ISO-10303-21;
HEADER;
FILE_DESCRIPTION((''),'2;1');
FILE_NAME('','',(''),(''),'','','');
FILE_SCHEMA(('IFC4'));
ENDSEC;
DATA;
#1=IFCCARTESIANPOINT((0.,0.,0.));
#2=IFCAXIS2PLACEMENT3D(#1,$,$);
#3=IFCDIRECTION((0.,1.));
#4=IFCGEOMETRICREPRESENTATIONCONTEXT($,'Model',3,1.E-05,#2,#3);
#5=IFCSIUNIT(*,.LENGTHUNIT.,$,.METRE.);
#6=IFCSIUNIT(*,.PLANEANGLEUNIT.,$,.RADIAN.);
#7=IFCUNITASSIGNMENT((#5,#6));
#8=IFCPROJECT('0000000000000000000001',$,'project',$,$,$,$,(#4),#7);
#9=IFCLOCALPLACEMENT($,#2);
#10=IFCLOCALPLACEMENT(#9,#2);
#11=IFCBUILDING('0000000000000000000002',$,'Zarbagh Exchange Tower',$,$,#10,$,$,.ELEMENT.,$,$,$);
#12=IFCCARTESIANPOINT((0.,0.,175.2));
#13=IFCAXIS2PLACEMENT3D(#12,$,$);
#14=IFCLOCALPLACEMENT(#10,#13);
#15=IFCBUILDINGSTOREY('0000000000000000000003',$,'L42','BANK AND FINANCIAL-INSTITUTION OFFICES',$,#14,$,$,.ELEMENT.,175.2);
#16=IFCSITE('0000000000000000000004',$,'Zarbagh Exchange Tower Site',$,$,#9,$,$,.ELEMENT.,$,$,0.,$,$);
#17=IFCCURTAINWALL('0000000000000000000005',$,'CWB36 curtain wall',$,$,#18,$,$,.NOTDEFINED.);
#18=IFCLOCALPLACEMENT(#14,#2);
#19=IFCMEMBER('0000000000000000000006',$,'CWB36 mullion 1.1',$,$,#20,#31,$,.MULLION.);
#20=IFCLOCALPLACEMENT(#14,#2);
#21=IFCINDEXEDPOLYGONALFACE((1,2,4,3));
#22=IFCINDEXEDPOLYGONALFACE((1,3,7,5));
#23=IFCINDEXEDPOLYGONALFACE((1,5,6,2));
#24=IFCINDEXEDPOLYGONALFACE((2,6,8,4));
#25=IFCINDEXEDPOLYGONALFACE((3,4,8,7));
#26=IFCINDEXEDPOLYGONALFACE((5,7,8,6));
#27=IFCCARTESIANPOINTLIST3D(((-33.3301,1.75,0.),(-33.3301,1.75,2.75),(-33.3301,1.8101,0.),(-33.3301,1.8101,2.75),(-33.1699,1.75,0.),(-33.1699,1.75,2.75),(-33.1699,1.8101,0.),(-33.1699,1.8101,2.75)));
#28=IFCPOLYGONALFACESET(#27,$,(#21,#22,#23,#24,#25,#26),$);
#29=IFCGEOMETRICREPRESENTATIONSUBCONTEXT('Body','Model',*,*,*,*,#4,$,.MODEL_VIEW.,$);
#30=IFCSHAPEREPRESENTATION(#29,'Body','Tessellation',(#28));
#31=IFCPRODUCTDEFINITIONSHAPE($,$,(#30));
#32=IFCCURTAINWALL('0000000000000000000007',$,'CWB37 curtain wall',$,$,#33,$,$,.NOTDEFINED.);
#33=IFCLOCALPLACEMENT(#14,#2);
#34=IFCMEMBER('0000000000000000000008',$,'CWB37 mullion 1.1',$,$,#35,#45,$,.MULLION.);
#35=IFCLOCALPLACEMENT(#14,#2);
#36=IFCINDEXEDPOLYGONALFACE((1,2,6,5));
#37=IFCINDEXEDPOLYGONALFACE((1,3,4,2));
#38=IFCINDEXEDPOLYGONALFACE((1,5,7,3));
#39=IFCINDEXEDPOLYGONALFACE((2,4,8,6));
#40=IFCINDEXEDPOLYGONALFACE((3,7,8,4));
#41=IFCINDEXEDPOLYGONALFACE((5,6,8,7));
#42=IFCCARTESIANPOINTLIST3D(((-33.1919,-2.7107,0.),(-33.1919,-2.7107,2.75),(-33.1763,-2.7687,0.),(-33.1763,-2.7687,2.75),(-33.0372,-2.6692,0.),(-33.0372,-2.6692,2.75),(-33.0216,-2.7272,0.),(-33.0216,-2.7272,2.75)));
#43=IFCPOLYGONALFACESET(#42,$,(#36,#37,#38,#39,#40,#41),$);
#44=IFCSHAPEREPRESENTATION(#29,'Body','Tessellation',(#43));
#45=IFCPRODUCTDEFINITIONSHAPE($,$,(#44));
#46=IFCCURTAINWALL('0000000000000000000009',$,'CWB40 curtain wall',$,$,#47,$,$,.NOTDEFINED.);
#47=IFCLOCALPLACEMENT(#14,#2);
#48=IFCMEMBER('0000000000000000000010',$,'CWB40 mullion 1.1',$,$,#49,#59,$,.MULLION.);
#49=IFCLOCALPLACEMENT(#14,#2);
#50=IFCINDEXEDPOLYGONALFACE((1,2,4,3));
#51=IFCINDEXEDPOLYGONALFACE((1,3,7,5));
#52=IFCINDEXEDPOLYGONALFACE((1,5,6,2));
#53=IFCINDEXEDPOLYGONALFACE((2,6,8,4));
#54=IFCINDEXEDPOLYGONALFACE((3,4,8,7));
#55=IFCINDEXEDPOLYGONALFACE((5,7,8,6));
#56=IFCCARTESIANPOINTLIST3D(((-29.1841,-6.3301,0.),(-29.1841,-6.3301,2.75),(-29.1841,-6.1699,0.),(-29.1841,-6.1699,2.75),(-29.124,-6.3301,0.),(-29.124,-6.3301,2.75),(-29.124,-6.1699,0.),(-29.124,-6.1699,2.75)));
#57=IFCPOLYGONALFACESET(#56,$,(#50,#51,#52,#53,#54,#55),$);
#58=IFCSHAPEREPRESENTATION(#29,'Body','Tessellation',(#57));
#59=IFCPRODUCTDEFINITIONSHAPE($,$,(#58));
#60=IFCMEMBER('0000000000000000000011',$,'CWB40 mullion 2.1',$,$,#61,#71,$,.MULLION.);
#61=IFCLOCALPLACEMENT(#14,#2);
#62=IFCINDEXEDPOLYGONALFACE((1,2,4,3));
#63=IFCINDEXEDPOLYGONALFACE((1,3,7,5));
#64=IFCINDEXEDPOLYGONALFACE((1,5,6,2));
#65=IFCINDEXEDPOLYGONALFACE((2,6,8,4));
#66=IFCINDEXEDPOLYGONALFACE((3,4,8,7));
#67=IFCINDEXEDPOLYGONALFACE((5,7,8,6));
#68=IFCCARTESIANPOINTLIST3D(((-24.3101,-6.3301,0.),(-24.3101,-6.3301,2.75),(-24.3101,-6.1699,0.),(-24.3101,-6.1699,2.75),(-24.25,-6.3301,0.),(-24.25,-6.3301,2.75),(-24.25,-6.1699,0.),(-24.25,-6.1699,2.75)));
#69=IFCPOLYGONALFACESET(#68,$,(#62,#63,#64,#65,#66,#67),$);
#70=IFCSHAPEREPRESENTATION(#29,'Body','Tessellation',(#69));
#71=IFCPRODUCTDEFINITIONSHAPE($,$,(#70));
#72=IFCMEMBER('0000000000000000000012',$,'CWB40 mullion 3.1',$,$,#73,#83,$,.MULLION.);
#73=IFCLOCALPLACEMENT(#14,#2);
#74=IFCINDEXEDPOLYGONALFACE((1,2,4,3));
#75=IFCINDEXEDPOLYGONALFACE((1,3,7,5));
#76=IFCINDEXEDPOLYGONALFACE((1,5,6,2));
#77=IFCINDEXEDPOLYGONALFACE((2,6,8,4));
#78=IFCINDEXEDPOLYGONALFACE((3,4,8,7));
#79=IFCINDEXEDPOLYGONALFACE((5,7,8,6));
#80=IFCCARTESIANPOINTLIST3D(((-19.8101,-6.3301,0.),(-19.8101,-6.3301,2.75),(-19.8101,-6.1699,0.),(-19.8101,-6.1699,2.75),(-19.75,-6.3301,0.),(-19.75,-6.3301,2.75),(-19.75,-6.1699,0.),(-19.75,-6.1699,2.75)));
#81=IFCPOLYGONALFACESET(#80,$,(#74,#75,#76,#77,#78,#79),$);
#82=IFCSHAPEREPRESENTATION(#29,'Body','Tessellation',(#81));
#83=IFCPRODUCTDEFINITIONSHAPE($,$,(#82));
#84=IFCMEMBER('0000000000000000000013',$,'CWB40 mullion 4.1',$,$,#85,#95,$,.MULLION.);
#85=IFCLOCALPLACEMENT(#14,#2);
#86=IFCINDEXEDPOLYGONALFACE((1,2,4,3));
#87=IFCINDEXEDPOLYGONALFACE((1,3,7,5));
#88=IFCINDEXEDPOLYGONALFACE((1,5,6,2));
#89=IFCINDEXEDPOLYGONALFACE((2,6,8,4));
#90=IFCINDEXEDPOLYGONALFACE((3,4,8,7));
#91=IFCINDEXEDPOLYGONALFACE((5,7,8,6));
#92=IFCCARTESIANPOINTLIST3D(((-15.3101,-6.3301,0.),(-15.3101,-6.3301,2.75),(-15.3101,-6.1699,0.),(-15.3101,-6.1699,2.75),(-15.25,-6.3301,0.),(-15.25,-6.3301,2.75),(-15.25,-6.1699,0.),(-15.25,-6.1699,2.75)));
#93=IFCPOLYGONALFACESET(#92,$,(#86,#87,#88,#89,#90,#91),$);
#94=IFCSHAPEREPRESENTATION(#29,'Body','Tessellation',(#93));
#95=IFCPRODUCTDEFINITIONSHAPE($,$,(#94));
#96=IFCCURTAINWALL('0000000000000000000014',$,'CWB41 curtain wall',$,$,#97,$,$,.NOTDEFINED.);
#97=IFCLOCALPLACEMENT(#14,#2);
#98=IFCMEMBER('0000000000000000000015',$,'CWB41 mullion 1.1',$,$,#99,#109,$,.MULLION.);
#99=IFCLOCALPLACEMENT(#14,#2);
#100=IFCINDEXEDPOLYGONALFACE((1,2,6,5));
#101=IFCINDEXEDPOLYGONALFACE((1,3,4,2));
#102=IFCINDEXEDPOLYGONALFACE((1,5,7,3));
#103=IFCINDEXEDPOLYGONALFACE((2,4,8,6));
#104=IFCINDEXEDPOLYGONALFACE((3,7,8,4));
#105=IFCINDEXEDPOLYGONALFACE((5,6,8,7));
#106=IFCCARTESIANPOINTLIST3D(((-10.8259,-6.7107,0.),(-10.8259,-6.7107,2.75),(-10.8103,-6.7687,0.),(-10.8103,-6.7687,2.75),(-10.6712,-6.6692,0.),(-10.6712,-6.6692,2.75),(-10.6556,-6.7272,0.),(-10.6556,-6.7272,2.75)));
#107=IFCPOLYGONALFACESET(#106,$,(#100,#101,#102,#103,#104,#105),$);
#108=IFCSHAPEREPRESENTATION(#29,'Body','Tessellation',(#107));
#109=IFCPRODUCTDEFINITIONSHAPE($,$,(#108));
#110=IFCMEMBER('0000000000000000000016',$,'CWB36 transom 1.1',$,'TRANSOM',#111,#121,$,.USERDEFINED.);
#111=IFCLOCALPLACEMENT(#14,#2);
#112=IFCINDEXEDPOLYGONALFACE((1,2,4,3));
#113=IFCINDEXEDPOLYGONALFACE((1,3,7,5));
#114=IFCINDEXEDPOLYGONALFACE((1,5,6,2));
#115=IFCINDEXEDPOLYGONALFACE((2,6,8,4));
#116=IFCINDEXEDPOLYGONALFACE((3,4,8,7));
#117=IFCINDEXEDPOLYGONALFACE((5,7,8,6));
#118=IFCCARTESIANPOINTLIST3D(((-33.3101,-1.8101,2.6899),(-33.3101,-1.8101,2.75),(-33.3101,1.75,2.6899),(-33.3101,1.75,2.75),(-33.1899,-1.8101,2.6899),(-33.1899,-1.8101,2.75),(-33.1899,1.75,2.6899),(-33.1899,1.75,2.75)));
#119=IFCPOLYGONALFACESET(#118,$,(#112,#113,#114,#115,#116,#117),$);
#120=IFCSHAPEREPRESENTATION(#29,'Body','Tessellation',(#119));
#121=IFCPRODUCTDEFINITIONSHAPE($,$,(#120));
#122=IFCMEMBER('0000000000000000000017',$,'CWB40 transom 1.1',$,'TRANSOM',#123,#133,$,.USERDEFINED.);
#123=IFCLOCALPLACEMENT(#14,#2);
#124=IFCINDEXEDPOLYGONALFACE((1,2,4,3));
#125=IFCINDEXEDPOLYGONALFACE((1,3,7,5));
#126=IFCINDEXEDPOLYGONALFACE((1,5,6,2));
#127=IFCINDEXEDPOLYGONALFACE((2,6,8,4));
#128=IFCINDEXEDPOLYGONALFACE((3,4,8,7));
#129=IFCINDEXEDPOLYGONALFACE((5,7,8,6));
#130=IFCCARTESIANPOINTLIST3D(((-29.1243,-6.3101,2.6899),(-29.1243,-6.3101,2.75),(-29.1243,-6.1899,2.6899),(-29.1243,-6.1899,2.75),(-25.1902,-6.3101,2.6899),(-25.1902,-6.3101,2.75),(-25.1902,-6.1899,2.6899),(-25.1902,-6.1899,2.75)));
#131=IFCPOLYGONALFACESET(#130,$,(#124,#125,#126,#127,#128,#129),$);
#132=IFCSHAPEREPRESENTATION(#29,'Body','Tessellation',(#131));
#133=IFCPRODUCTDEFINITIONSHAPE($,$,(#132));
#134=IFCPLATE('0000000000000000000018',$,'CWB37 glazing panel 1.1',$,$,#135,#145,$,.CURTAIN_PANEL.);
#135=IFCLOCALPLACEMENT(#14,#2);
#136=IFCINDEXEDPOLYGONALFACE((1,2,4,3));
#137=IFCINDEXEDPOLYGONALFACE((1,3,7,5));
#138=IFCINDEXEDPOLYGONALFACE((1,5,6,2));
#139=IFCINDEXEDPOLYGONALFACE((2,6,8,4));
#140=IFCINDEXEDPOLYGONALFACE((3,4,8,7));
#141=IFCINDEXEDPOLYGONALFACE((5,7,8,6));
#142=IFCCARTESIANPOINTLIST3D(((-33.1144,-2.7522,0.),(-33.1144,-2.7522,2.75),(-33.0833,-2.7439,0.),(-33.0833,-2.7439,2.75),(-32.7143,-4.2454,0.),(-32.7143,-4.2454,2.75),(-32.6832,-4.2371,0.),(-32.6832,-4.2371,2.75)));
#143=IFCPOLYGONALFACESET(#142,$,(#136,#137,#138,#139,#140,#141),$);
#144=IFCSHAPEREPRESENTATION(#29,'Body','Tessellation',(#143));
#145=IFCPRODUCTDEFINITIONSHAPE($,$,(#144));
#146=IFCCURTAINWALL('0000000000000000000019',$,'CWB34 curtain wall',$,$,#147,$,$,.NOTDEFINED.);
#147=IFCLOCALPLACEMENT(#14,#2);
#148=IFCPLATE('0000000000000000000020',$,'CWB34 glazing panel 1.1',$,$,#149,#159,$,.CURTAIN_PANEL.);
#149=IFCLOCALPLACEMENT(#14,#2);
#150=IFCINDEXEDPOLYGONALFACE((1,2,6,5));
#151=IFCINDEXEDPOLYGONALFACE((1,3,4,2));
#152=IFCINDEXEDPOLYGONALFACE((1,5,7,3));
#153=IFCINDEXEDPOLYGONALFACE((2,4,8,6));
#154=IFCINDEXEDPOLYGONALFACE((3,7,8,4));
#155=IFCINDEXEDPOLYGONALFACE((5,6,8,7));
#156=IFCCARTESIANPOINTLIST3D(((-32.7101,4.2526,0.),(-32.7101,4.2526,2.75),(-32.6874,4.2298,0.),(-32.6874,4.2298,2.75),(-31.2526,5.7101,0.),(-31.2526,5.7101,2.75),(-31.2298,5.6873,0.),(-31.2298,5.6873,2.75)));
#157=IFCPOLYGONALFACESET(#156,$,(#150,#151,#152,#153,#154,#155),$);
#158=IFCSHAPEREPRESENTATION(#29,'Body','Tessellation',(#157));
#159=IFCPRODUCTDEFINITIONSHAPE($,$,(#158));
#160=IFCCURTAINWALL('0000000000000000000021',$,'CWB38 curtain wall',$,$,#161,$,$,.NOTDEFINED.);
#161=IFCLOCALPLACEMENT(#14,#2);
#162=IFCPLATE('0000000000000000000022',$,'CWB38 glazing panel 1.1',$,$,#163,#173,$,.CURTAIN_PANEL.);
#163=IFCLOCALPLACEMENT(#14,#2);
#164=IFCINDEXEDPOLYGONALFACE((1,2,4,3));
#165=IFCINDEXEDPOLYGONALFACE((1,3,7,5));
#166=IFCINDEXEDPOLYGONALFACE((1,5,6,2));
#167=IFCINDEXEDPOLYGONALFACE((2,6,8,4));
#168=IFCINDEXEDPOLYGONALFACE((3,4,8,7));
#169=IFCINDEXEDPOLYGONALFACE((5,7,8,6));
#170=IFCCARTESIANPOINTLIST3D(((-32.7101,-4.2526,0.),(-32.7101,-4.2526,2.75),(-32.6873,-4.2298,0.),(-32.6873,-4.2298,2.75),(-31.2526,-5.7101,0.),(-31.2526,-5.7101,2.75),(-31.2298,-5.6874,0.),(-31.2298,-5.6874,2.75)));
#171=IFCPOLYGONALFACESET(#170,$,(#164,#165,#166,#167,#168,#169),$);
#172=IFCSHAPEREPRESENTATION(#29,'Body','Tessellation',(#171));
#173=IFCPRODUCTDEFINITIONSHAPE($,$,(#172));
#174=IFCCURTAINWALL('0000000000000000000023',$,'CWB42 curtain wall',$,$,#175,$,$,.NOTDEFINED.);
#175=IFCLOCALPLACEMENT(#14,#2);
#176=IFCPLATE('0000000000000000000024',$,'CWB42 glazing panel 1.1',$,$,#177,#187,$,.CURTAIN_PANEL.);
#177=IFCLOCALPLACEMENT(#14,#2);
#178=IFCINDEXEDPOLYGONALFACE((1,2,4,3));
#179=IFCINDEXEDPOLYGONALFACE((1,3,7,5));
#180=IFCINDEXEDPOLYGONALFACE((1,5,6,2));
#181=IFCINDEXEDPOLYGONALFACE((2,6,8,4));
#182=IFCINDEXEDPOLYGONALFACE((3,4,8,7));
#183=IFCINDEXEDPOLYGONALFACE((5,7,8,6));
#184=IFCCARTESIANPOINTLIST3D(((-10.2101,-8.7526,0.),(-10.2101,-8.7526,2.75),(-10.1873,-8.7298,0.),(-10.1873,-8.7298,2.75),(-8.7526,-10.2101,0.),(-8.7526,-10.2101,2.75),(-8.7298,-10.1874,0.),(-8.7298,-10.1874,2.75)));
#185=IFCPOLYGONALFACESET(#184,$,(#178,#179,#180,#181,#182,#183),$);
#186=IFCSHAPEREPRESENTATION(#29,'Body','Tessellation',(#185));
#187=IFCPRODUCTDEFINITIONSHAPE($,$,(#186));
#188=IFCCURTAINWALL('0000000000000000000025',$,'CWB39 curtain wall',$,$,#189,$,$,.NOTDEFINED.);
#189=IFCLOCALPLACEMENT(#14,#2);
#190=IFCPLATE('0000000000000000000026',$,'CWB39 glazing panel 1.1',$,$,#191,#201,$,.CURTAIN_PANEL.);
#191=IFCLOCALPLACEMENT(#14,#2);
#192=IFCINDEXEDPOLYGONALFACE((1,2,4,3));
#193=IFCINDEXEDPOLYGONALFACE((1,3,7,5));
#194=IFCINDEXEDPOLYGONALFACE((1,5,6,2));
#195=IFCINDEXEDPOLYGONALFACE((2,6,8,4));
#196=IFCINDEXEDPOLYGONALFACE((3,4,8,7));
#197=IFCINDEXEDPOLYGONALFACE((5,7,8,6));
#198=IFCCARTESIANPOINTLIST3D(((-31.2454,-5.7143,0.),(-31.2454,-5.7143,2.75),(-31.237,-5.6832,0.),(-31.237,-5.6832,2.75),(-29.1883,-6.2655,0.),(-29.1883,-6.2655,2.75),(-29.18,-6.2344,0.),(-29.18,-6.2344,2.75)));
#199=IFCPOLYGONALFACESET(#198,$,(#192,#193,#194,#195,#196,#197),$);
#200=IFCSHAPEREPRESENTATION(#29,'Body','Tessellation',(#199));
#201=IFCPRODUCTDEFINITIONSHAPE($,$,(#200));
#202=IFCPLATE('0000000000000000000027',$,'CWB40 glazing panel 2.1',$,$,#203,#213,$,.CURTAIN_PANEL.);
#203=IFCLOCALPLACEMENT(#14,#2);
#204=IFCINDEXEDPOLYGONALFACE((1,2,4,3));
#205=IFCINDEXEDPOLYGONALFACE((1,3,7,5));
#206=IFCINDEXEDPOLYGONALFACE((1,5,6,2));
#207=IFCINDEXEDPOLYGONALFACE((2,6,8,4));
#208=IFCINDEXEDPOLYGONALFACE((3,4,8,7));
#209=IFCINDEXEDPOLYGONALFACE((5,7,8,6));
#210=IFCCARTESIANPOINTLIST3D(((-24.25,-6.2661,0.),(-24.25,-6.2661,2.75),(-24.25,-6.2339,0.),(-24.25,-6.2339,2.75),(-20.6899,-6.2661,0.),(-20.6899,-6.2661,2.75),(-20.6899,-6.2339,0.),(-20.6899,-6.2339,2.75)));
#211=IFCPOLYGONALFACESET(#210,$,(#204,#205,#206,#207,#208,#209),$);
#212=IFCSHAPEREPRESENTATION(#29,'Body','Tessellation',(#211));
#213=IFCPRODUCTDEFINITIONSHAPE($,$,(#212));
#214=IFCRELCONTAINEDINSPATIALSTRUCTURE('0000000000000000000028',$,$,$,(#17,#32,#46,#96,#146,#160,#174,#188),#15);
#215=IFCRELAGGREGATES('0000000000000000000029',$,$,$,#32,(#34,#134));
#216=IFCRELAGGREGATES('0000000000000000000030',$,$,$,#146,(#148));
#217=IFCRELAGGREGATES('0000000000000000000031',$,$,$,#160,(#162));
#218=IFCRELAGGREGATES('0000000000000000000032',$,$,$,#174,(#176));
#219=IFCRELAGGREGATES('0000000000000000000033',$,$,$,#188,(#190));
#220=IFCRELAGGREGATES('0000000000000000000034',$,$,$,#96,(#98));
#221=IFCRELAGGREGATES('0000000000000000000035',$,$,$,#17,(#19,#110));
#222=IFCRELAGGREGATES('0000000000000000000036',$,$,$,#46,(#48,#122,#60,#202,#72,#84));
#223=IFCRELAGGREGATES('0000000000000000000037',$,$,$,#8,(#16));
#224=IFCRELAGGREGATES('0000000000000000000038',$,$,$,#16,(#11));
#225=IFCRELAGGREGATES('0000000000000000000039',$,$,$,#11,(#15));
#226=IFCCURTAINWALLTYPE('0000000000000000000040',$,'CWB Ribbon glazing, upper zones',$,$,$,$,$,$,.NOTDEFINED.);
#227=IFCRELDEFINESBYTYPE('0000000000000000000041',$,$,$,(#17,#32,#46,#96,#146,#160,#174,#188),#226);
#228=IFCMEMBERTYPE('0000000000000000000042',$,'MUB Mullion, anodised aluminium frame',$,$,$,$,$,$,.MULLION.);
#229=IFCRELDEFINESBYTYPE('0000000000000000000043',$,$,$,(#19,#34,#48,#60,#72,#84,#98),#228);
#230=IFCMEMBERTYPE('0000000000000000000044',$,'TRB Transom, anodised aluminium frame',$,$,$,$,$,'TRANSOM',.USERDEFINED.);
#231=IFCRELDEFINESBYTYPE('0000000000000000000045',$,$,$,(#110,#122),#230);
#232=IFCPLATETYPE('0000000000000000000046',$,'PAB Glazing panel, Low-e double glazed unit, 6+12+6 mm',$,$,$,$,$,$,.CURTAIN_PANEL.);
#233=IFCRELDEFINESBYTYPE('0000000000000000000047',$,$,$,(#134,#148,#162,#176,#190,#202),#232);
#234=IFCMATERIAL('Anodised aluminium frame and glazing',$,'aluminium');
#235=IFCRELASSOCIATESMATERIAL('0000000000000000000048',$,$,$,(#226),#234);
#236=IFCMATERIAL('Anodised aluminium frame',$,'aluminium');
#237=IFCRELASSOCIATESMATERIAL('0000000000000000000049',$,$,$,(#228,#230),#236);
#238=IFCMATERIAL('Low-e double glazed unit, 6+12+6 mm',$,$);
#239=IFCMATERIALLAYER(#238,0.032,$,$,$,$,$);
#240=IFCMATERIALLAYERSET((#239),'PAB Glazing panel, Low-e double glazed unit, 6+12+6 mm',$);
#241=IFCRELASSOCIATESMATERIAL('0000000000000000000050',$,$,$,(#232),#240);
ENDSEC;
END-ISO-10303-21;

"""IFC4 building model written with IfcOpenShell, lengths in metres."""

from ifc_helpers import new_model, si_unit, direction, frame, origin, place, context, subcontext, project, spatial, polyline, outline, extrude, source, transform, mapped, material, layer, layer_set, type_object, element, aggregate, save


model = new_model("IFC4")

# Units and contexts
model_context = context("Model", 3, precision=1e-05, world=origin(), true_north=direction((0.0, 1.0)))
body_context = subcontext(model_context, "Body", "Model", "MODEL_VIEW")
ifc_project = project(units=[si_unit("LENGTHUNIT", "METRE"), si_unit("PLANEANGLEUNIT", "RADIAN")], contexts=[model_context])

# Site, building, storey
site_placement = place(None, origin())
site = spatial("IfcSite", under=ifc_project, at=site_placement, Name="Zarbagh Exchange Tower Site", CompositionType="ELEMENT", RefElevation=0.0)
building_placement = place(site_placement, origin())
building = spatial("IfcBuilding", under=site, at=building_placement, Name="Zarbagh Exchange Tower", CompositionType="ELEMENT")
storey_placement = place(building_placement, frame((0.0, 0.0, 175.2)))
storey = spatial("IfcBuildingStorey", under=building, at=storey_placement, Name="L42", Description="BANK AND FINANCIAL-INSTITUTION OFFICES", CompositionType="ELEMENT", Elevation=175.2)

# Curtain walls, members
ifc_material_1 = material(Name="Anodised aluminium frame and glazing", Category="aluminium")
curtain_wall_type = type_object("IfcCurtainWallType", Name="CWB Ribbon glazing, upper zones", PredefinedType="NOTDEFINED", material=ifc_material_1)
curtain_wall_1_placement = place(storey_placement, origin())
curtain_wall_1 = element("IfcCurtainWall", 1, at=curtain_wall_1_placement, inside=storey, type_object=curtain_wall_type, Name="CWB36 curtain wall", PredefinedType="NOTDEFINED")
ifc_material_2 = material(Name="Anodised aluminium frame", Category="aluminium")
member_type_1 = type_object("IfcMemberType", Name="MUB Mullion, anodised aluminium frame", PredefinedType="MULLION", material=ifc_material_2)
shared_shape_1 = source(origin(), body_context, "Body", "SweptSolid", [
    extrude(outline(polyline([(0.0, -0.0801), (0.0601, -0.0801), (0.0601, 0.0801), (0.0, 0.0801), (0.0, -0.0801)])), origin(), (0.0, 0.0, 1.0), 2.75),
])
placement = place(storey_placement, origin())
member_1 = element("IfcMember", 2, at=placement, type_object=member_type_1, Name="CWB36 mullion 1.1", PredefinedType="MULLION", context=body_context, shape_type="MappedRepresentation", body=[
    mapped(shared_shape_1, transform((-33.25, 1.8101, 0.0), x_axis=(0.0, -1.0, 0.0), y_axis=(1.0, 0.0, 0.0), z_axis=(0.0, 0.0, 1.0))),
])
curtain_wall_2_placement = place(storey_placement, origin())
curtain_wall_2 = element("IfcCurtainWall", 3, at=curtain_wall_2_placement, inside=storey, type_object=curtain_wall_type, Name="CWB37 curtain wall", PredefinedType="NOTDEFINED")
member_2 = element("IfcMember", 4, at=placement, type_object=member_type_1, Name="CWB37 mullion 1.1", PredefinedType="MULLION", context=body_context, shape_type="MappedRepresentation", body=[
    mapped(shared_shape_1, transform((-33.1145, -2.6899, 0.0), x_axis=(0.258825, -0.965924, 0.0), y_axis=(0.965924, 0.258825, 0.0), z_axis=(0.0, 0.0, 1.0))),
])

# Curtain wall, members
curtain_wall_3_placement = place(storey_placement, origin())
curtain_wall_3 = element("IfcCurtainWall", 5, at=curtain_wall_3_placement, inside=storey, type_object=curtain_wall_type, Name="CWB40 curtain wall", PredefinedType="NOTDEFINED")
member_3 = element("IfcMember", 6, at=placement, type_object=member_type_1, Name="CWB40 mullion 1.1", PredefinedType="MULLION", context=body_context, shape_type="MappedRepresentation", body=[
    mapped(shared_shape_1, transform((-29.1841, -6.25, 0.0), x_axis=(1.0, 0.0, 0.0), y_axis=(0.0, 1.0, 0.0), z_axis=(0.0, 0.0, 1.0))),
])
member_4 = element("IfcMember", 7, at=placement, type_object=member_type_1, Name="CWB40 mullion 2.1", PredefinedType="MULLION", context=body_context, shape_type="MappedRepresentation", body=[
    mapped(shared_shape_1, transform((-24.3101, -6.25, 0.0), x_axis=(1.0, 0.0, 0.0), y_axis=(0.0, 1.0, 0.0), z_axis=(0.0, 0.0, 1.0))),
])
member_5 = element("IfcMember", 8, at=placement, type_object=member_type_1, Name="CWB40 mullion 3.1", PredefinedType="MULLION", context=body_context, shape_type="MappedRepresentation", body=[
    mapped(shared_shape_1, transform((-19.8101, -6.25, 0.0), x_axis=(1.0, 0.0, 0.0), y_axis=(0.0, 1.0, 0.0), z_axis=(0.0, 0.0, 1.0))),
])
member_6 = element("IfcMember", 9, at=placement, type_object=member_type_1, Name="CWB40 mullion 4.1", PredefinedType="MULLION", context=body_context, shape_type="MappedRepresentation", body=[
    mapped(shared_shape_1, transform((-15.3101, -6.25, 0.0), x_axis=(1.0, 0.0, 0.0), y_axis=(0.0, 1.0, 0.0), z_axis=(0.0, 0.0, 1.0))),
])

# Curtain wall, member
curtain_wall_4_placement = place(storey_placement, origin())
curtain_wall_4 = element("IfcCurtainWall", 10, at=curtain_wall_4_placement, inside=storey, type_object=curtain_wall_type, Name="CWB41 curtain wall", PredefinedType="NOTDEFINED")
member_7 = element("IfcMember", 11, at=placement, type_object=member_type_1, Name="CWB41 mullion 1.1", PredefinedType="MULLION", context=body_context, shape_type="MappedRepresentation", body=[
    mapped(shared_shape_1, transform((-10.7485, -6.6899, 0.0), x_axis=(0.258825, -0.965924, 0.0), y_axis=(0.965924, 0.258825, 0.0), z_axis=(0.0, 0.0, 1.0))),
])

# Members
member_type_2 = type_object("IfcMemberType", Name="TRB Transom, anodised aluminium frame", ElementType="TRANSOM", PredefinedType="USERDEFINED", material=ifc_material_2)
shared_shape_2 = source(origin(), body_context, "Body", "SweptSolid", [
    extrude(outline(polyline([(-0.0601, -0.0601), (0.0, -0.0601), (0.0, 0.0601), (-0.0601, 0.0601), (-0.0601, -0.0601)])), origin(), (0.0, 0.0, 1.0), 3.5601),
])
member_8 = element("IfcMember", 12, at=placement, type_object=member_type_2, Name="CWB36 transom 1.1", ObjectType="TRANSOM", PredefinedType="USERDEFINED", context=body_context, shape_type="MappedRepresentation", body=[
    mapped(shared_shape_2, transform((-33.25, 1.75, 2.75), x_axis=(0.0, 0.0, 1.0), y_axis=(-1.0, 0.0, 0.0), z_axis=(0.0, -1.0, 0.0))),
])
shared_shape_3 = source(origin(), body_context, "Body", "SweptSolid", [
    extrude(outline(polyline([(-0.0601, -0.0601), (0.0, -0.0601), (0.0, 0.0601), (-0.0601, 0.0601), (-0.0601, -0.0601)])), origin(), (0.0, 0.0, 1.0), 3.9341),
])
member_9 = element("IfcMember", 13, at=placement, type_object=member_type_2, Name="CWB40 transom 1.1", ObjectType="TRANSOM", PredefinedType="USERDEFINED", context=body_context, shape_type="MappedRepresentation", body=[
    mapped(shared_shape_3, transform((-29.1243, -6.25, 2.75), x_axis=(0.0, 0.0, 1.0), y_axis=(0.0, -1.0, 0.0), z_axis=(1.0, 0.0, 0.0))),
])

# Plate
ifc_material_3 = material(Name="Low-e double glazed unit, 6+12+6 mm")
ifc_layer = layer(ifc_material_3, 0.032)
ifc_layer_set = layer_set([ifc_layer], Name="PAB Glazing panel, Low-e double glazed unit, 6+12+6 mm")
plate_type = type_object("IfcPlateType", Name="PAB Glazing panel, Low-e double glazed unit, 6+12+6 mm", PredefinedType="CURTAIN_PANEL", material=ifc_layer_set)
shared_shape_4 = source(origin(), body_context, "Body", "SweptSolid", [
    extrude(outline(polyline([(0.0, -0.0161), (1.5459, -0.0161), (1.5459, 0.0161), (0.0, 0.0161), (0.0, -0.0161)])), origin(), (0.0, 0.0, 1.0), 2.75),
])
plate_1 = element("IfcPlate", 14, at=placement, type_object=plate_type, Name="CWB37 glazing panel 1.1", PredefinedType="CURTAIN_PANEL", context=body_context, shape_type="MappedRepresentation", body=[
    mapped(shared_shape_4, transform((-33.0989, -2.748, 0.0), x_axis=(0.258825, -0.965924, 0.0), y_axis=(0.965924, 0.258825, 0.0), z_axis=(0.0, 0.0, 1.0))),
])
aggregate(curtain_wall_2, [member_2, plate_1])

# Curtain walls, plates
curtain_wall_5_placement = place(storey_placement, origin())
curtain_wall_5 = element("IfcCurtainWall", 15, at=curtain_wall_5_placement, inside=storey, type_object=curtain_wall_type, Name="CWB34 curtain wall", PredefinedType="NOTDEFINED")
shared_shape_5 = source(origin(), body_context, "Body", "SweptSolid", [
    extrude(outline(polyline([(0.0, -0.0161), (2.0613, -0.0161), (2.0613, 0.0161), (0.0, 0.0161), (0.0, -0.0161)])), origin(), (0.0, 0.0, 1.0), 2.75),
])
plate_2 = element("IfcPlate", 16, at=placement, type_object=plate_type, Name="CWB34 glazing panel 1.1", PredefinedType="CURTAIN_PANEL", context=body_context, shape_type="MappedRepresentation", body=[
    mapped(shared_shape_5, transform((-31.2412, 5.6987, 0.0), x_axis=(-0.707107, -0.707107, 0.0), y_axis=(0.707107, -0.707107, 0.0), z_axis=(0.0, 0.0, 1.0))),
])
aggregate(curtain_wall_5, [plate_2])
curtain_wall_6_placement = place(storey_placement, origin())
curtain_wall_6 = element("IfcCurtainWall", 17, at=curtain_wall_6_placement, inside=storey, type_object=curtain_wall_type, Name="CWB38 curtain wall", PredefinedType="NOTDEFINED")
plate_3 = element("IfcPlate", 18, at=placement, type_object=plate_type, Name="CWB38 glazing panel 1.1", PredefinedType="CURTAIN_PANEL", context=body_context, shape_type="MappedRepresentation", body=[
    mapped(shared_shape_5, transform((-32.6987, -4.2412, 0.0), x_axis=(0.707107, -0.707107, 0.0), y_axis=(0.707107, 0.707107, 0.0), z_axis=(0.0, 0.0, 1.0))),
])
aggregate(curtain_wall_6, [plate_3])
curtain_wall_7_placement = place(storey_placement, origin())
curtain_wall_7 = element("IfcCurtainWall", 19, at=curtain_wall_7_placement, inside=storey, type_object=curtain_wall_type, Name="CWB42 curtain wall", PredefinedType="NOTDEFINED")
plate_4 = element("IfcPlate", 20, at=placement, type_object=plate_type, Name="CWB42 glazing panel 1.1", PredefinedType="CURTAIN_PANEL", context=body_context, shape_type="MappedRepresentation", body=[
    mapped(shared_shape_5, transform((-10.1987, -8.7412, 0.0), x_axis=(0.707107, -0.707107, 0.0), y_axis=(0.707107, 0.707107, 0.0), z_axis=(0.0, 0.0, 1.0))),
])
aggregate(curtain_wall_7, [plate_4])
curtain_wall_8_placement = place(storey_placement, origin())
curtain_wall_8 = element("IfcCurtainWall", 21, at=curtain_wall_8_placement, inside=storey, type_object=curtain_wall_type, Name="CWB39 curtain wall", PredefinedType="NOTDEFINED")
shared_shape_6 = source(origin(), body_context, "Body", "SweptSolid", [
    extrude(outline(polyline([(0.0, -0.0161), (2.1296, -0.0161), (2.1296, 0.0161), (0.0, 0.0161), (0.0, -0.0161)])), origin(), (0.0, 0.0, 1.0), 2.75),
])
plate_5 = element("IfcPlate", 22, at=placement, type_object=plate_type, Name="CWB39 glazing panel 1.1", PredefinedType="CURTAIN_PANEL", context=body_context, shape_type="MappedRepresentation", body=[
    mapped(shared_shape_6, transform((-31.2412, -5.6987, 0.0), x_axis=(0.965924, -0.258825, 0.0), y_axis=(0.258825, 0.965924, 0.0), z_axis=(0.0, 0.0, 1.0))),
])
aggregate(curtain_wall_8, [plate_5])

# Plate
shared_shape_7 = source(origin(), body_context, "Body", "SweptSolid", [
    extrude(outline(polyline([(0.0, -0.0161), (3.5601, -0.0161), (3.5601, 0.0161), (0.0, 0.0161), (0.0, -0.0161)])), origin(), (0.0, 0.0, 1.0), 2.75),
])
plate_6 = element("IfcPlate", 23, at=placement, type_object=plate_type, Name="CWB40 glazing panel 2.1", PredefinedType="CURTAIN_PANEL", context=body_context, shape_type="MappedRepresentation", body=[
    mapped(shared_shape_7, transform((-24.25, -6.25, 0.0), x_axis=(1.0, 0.0, 0.0), y_axis=(0.0, 1.0, 0.0), z_axis=(0.0, 0.0, 1.0))),
])
aggregate(curtain_wall_4, [member_7])

aggregate(curtain_wall_1, [member_1, member_8])
aggregate(curtain_wall_3, [member_3, member_9, member_4, plate_6, member_5, member_6])

save(model, "model.ifc")
